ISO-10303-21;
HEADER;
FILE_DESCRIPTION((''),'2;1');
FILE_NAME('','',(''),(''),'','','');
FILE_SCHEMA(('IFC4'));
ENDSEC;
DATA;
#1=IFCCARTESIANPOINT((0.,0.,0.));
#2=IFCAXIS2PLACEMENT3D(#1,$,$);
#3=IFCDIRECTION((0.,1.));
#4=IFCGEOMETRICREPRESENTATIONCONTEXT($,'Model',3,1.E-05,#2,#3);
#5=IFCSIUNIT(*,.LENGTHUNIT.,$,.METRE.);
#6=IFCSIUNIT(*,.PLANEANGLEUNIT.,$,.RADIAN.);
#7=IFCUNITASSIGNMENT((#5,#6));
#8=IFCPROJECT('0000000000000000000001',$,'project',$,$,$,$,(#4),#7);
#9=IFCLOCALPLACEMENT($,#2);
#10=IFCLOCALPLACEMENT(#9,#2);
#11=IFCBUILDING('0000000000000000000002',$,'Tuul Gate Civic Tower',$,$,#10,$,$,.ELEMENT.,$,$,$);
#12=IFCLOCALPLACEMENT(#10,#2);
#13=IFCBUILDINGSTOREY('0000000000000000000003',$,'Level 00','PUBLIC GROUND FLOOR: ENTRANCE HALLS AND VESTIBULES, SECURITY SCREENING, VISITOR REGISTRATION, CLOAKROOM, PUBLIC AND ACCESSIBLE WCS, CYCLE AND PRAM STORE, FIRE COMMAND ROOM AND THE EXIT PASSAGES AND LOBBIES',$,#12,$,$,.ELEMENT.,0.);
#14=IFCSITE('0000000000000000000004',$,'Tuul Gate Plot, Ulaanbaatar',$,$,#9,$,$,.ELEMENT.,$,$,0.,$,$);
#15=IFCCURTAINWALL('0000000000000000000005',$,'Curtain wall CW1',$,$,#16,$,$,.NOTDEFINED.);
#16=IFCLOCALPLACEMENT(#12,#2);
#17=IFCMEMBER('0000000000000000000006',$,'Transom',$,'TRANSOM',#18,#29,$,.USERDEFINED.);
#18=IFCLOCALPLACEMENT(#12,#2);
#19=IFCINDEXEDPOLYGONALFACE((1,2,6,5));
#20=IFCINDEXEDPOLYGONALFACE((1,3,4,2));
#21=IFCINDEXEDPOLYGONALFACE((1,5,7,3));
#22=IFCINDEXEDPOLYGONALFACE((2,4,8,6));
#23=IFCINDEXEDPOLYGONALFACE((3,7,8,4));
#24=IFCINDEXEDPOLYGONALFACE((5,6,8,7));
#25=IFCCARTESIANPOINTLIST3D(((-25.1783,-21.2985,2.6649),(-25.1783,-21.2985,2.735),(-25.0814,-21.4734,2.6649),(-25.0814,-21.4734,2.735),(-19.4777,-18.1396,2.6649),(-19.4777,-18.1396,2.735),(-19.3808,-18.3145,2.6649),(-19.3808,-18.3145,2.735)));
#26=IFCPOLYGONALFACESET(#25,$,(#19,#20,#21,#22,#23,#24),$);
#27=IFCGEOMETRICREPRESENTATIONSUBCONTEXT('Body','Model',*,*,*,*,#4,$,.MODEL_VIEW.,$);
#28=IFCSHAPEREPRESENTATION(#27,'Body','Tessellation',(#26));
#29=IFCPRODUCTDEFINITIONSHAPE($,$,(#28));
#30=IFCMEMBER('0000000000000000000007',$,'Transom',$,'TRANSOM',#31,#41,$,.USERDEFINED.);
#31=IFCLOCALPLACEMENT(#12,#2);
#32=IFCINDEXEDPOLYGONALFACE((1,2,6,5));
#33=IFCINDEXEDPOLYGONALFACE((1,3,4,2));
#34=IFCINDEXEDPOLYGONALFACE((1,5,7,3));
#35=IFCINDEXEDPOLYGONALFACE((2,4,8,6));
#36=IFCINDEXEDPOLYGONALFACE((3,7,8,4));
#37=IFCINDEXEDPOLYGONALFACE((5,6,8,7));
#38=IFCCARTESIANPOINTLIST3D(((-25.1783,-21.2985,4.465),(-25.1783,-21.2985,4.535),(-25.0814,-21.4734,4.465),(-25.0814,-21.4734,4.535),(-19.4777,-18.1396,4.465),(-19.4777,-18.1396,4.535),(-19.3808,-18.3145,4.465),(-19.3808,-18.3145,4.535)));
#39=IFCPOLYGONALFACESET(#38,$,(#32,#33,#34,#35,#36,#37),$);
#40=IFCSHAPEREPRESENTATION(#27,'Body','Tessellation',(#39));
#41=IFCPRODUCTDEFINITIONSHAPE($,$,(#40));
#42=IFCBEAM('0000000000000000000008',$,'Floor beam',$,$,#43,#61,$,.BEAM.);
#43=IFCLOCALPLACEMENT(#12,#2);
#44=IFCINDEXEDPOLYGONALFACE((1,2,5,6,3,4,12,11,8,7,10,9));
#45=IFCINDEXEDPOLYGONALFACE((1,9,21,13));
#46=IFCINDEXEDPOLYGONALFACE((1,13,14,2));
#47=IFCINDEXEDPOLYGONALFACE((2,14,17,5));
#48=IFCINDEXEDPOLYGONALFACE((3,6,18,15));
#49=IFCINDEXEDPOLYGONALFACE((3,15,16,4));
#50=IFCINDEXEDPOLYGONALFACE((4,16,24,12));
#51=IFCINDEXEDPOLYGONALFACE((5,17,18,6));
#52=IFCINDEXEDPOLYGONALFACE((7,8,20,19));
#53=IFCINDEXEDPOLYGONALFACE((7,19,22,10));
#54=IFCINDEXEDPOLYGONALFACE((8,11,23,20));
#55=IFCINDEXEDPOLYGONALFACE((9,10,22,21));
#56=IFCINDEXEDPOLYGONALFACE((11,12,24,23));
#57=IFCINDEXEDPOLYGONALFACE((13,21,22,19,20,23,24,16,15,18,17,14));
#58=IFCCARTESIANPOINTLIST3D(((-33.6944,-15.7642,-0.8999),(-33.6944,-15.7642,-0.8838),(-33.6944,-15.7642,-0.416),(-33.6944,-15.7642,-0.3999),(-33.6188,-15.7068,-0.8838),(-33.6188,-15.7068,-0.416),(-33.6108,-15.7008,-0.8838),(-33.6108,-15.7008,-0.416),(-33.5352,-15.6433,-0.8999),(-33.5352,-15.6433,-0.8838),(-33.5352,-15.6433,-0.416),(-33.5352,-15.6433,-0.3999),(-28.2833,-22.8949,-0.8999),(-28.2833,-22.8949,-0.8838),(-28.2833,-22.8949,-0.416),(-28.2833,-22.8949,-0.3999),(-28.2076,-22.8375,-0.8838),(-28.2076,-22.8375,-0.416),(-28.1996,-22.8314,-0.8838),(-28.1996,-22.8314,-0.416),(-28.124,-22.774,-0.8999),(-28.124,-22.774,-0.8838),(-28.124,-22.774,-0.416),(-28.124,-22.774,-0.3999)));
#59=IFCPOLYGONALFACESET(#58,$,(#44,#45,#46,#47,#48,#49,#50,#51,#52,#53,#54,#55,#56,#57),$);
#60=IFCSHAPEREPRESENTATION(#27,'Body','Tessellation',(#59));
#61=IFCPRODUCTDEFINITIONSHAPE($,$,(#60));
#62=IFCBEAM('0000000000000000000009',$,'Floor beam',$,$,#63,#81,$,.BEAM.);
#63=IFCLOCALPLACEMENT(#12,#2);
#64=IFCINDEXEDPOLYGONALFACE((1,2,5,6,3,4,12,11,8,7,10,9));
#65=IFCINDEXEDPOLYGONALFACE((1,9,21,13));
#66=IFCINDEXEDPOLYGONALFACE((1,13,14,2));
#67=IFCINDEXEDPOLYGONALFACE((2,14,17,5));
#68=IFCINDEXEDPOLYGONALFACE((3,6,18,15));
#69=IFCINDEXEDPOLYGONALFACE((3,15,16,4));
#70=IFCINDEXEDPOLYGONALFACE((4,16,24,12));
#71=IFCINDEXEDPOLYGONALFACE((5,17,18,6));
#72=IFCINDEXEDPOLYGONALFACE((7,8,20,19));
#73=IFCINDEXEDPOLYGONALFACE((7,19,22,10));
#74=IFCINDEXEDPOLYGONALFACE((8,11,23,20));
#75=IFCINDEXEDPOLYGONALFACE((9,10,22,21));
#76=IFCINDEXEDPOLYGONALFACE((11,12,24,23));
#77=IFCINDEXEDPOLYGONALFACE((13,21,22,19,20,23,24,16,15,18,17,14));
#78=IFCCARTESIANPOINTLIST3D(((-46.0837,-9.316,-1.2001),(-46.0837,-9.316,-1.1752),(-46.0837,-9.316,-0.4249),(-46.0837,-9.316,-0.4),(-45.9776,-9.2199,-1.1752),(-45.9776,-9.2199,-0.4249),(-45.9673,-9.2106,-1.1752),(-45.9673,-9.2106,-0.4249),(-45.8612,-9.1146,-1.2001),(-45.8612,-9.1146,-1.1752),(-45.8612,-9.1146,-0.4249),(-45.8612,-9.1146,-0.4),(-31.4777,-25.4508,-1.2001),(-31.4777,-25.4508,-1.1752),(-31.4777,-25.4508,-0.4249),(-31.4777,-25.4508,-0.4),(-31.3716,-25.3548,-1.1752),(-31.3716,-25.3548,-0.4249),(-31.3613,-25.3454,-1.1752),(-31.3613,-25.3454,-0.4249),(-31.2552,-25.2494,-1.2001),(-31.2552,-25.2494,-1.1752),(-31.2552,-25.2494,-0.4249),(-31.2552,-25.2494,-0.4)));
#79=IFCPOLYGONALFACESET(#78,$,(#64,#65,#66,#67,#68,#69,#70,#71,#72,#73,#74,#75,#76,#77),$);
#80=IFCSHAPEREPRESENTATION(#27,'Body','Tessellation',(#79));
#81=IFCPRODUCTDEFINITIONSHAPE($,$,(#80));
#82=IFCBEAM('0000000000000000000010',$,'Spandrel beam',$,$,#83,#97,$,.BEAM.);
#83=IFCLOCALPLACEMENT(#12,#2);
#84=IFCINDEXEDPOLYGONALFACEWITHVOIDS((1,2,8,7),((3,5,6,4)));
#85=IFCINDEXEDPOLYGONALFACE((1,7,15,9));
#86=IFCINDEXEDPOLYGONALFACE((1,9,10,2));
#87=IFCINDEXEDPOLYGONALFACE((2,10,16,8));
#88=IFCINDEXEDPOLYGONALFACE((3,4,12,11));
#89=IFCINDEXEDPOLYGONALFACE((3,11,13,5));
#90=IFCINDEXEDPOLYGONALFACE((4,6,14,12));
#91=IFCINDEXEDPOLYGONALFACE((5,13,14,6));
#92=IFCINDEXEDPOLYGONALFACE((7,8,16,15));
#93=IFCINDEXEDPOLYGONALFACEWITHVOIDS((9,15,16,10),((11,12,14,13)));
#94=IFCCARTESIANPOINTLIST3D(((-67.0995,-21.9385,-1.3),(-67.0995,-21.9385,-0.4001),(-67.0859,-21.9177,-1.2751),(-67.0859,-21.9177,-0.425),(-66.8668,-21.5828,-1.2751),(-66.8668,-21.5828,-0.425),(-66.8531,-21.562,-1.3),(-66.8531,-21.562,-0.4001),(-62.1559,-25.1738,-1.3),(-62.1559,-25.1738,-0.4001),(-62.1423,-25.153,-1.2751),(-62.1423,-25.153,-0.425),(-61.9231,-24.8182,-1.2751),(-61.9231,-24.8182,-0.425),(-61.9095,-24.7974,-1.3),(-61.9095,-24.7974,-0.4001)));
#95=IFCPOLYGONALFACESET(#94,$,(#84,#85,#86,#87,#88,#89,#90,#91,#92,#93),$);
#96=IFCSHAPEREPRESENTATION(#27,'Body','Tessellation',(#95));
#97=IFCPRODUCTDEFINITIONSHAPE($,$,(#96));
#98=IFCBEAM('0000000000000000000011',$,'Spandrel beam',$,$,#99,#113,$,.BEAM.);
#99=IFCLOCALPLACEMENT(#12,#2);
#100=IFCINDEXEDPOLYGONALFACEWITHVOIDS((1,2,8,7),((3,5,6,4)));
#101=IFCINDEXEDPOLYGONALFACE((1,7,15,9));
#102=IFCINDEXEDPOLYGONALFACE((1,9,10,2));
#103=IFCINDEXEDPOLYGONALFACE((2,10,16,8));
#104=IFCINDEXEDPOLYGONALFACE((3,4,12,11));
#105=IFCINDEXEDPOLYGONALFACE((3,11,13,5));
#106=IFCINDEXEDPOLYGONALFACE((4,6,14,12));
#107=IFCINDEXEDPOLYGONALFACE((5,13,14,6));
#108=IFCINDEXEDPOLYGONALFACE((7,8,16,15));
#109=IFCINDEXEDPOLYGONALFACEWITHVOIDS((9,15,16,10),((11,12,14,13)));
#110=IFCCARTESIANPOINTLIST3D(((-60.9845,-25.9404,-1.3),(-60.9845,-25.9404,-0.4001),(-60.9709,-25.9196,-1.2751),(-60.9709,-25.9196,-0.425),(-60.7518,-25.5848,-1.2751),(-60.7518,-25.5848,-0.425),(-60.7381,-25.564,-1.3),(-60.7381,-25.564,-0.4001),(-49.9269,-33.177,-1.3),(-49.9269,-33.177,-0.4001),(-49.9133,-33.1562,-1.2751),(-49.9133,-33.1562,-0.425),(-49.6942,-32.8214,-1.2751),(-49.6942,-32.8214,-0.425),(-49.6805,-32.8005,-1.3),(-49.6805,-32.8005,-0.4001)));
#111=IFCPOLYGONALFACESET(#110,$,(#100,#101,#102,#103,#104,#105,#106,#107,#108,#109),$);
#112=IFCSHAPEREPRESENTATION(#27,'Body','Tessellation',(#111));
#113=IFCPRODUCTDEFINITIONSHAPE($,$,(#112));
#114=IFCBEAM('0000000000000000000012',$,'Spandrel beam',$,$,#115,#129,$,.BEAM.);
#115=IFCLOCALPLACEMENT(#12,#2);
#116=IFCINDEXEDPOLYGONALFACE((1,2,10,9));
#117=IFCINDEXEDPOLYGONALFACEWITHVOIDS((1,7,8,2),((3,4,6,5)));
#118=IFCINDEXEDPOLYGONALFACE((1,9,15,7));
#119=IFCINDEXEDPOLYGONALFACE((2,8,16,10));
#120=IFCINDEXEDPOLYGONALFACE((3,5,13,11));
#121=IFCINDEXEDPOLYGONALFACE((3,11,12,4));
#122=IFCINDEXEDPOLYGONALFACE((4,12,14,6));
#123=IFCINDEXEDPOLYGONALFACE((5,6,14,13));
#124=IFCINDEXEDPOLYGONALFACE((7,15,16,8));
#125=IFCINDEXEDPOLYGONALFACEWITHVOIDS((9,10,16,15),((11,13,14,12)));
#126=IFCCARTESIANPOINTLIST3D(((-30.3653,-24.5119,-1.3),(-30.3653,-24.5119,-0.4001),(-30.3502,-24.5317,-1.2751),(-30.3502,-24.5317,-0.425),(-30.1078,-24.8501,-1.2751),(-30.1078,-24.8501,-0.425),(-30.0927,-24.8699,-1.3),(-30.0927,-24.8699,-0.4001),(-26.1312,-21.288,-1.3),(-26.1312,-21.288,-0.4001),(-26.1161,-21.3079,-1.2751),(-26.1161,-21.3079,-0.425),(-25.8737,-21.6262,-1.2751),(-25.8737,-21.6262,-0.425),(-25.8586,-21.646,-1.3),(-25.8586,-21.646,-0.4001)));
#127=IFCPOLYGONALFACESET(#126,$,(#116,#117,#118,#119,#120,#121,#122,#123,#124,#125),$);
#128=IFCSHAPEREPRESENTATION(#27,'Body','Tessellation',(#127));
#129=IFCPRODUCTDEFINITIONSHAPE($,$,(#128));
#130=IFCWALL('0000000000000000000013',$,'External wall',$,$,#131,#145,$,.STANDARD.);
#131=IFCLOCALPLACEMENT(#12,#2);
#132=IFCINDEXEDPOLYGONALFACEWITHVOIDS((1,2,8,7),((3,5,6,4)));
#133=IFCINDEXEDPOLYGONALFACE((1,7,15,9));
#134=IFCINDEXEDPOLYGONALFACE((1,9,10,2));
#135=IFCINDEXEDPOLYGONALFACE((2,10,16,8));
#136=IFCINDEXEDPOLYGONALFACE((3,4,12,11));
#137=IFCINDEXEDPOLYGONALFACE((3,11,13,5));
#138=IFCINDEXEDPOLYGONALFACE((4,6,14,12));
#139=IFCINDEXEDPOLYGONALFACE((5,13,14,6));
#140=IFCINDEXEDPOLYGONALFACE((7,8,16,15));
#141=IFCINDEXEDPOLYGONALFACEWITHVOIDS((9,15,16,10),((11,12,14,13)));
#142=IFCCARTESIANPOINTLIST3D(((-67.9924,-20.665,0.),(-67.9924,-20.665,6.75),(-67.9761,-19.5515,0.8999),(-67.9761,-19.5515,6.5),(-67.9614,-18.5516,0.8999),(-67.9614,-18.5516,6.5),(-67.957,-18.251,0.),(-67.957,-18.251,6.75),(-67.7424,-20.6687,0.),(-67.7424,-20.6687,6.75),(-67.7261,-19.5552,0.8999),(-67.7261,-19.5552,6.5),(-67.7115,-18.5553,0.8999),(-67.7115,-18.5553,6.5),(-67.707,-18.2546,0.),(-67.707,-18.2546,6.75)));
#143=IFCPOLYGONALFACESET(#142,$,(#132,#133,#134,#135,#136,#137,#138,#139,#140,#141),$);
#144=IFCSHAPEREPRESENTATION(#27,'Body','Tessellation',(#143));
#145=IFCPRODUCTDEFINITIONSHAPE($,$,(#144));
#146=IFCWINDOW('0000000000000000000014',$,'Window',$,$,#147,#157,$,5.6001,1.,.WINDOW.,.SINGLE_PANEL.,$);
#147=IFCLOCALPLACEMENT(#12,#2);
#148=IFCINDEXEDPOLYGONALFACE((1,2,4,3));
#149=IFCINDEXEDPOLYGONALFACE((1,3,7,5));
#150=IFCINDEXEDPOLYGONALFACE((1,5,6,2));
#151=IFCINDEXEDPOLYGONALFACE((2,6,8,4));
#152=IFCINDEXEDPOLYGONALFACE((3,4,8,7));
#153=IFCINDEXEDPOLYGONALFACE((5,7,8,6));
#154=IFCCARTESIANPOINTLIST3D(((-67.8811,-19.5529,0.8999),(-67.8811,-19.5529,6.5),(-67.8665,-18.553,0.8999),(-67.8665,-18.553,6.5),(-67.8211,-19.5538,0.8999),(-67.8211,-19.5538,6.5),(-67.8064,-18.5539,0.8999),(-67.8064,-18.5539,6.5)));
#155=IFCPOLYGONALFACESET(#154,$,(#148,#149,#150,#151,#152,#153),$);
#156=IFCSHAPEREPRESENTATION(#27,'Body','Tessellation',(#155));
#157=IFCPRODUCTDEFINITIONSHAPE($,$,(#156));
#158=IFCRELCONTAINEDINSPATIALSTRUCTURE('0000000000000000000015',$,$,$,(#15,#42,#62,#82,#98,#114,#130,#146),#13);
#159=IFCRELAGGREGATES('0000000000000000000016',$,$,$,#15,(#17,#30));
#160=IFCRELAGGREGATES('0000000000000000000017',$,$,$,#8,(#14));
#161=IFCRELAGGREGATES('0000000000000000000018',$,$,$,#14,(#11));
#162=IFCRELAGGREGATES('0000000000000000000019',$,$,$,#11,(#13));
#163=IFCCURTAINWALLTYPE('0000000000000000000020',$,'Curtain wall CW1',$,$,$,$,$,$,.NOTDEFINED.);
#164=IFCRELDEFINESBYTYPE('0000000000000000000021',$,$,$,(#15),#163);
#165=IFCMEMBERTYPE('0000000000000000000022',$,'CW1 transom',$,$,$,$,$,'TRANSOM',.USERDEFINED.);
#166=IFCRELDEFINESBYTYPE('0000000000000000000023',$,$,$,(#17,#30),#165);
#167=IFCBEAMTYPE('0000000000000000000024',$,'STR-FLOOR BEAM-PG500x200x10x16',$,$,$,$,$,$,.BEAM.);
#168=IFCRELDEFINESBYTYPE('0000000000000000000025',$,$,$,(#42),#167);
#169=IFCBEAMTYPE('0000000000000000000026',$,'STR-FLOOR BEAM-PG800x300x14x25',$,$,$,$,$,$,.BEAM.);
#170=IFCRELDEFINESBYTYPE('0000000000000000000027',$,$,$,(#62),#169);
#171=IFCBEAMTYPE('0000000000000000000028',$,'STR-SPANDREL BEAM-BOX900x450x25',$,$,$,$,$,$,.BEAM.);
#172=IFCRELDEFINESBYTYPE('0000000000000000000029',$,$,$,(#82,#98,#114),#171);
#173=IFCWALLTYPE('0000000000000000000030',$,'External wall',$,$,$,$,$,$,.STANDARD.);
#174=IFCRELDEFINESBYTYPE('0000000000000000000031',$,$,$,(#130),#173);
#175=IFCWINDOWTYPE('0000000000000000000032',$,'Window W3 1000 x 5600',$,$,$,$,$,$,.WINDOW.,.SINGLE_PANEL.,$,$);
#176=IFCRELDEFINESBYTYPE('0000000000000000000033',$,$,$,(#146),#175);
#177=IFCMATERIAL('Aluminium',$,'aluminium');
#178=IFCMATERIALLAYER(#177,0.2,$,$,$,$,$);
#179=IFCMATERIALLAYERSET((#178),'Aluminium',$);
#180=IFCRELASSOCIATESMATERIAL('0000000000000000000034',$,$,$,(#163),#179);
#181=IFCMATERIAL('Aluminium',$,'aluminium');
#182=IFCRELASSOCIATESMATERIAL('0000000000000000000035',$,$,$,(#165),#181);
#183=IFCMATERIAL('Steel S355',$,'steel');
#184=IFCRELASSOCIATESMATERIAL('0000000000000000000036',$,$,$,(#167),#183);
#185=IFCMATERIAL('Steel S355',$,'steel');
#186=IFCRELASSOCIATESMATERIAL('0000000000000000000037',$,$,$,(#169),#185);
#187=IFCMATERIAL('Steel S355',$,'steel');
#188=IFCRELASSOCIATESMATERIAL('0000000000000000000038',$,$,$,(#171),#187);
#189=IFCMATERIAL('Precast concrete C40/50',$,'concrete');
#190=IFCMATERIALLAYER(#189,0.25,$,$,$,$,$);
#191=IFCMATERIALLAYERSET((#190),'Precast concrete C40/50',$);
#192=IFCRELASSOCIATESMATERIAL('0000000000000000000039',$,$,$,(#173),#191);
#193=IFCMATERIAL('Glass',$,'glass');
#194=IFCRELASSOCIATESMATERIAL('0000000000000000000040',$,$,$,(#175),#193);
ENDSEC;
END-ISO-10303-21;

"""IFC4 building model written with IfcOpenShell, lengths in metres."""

from ifc_helpers import new_model, si_unit, direction, frame, frame_2d, origin, origin_2d, place, context, subcontext, project, spatial, rectangle, hollow_rectangle, i_section, extrude, material, layer, layer_set, material_profile, profile_set, type_object, element, fill, aggregate, save


model = new_model("IFC4")

# Units and contexts
model_context = context("Model", 3, precision=1e-05, world=origin(), true_north=direction((0.0, 1.0)))
body_context = subcontext(model_context, "Body", "Model", "MODEL_VIEW")
ifc_project = project(units=[si_unit("LENGTHUNIT", "METRE"), si_unit("PLANEANGLEUNIT", "RADIAN")], contexts=[model_context])

# Site, building, storey
site_placement = place(None, origin())
site = spatial("IfcSite", under=ifc_project, at=site_placement, Name="Tuul Gate Plot, Ulaanbaatar", CompositionType="ELEMENT", RefElevation=0.0)
building_placement = place(site_placement, origin())
building = spatial("IfcBuilding", under=site, at=building_placement, Name="Tuul Gate Civic Tower", CompositionType="ELEMENT")
storey_placement = place(building_placement, origin())
storey = spatial("IfcBuildingStorey", under=building, at=storey_placement, Name="Level 00", Description="PUBLIC GROUND FLOOR: ENTRANCE HALLS AND VESTIBULES, SECURITY SCREENING, VISITOR REGISTRATION, CLOAKROOM, PUBLIC AND ACCESSIBLE WCS, CYCLE AND PRAM STORE, FIRE COMMAND ROOM AND THE EXIT PASSAGES AND LOBBIES", CompositionType="ELEMENT", Elevation=0.0)

# Curtain wall, members
ifc_material_1 = material(Name="Aluminium", Category="aluminium")
ifc_layer_1 = layer(ifc_material_1, 0.2)
ifc_layer_set_1 = layer_set([ifc_layer_1], Name="Aluminium")
curtain_wall_type = type_object("IfcCurtainWallType", Name="Curtain wall CW1", PredefinedType="NOTDEFINED", material=ifc_layer_set_1)
curtain_wall_placement = place(storey_placement, origin())
curtain_wall = element("IfcCurtainWall", 1, at=curtain_wall_placement, inside=storey, type_object=curtain_wall_type, Name="Curtain wall CW1", PredefinedType="NOTDEFINED")
ifc_material_2 = material(Name="Aluminium", Category="aluminium")
ifc_material_profile_1 = material_profile(ifc_material_2, rectangle(XDim=0.2, YDim=0.0701, at=origin_2d()), Name="CW1 transom")
ifc_profile_set_1 = profile_set([ifc_material_profile_1], Name="Aluminium")
member_type_1 = type_object("IfcMemberType", Name="CW1 transom", ElementType="TRANSOM", PredefinedType="USERDEFINED", material=ifc_profile_set_1)
member_1_placement = place(storey_placement, frame((-25.1299, -21.386, 2.7), z_axis=(0.874685, 0.484692, 0.0), x_axis=(-0.484692, 0.874685, 0.0)))
member_1 = element("IfcMember", 2, at=member_1_placement, type_object=member_type_1, Name="Transom", ObjectType="TRANSOM", PredefinedType="USERDEFINED", context=body_context, shape_type="SweptSolid", body=[
    extrude(rectangle(XDim=0.2, YDim=0.0701, at=origin_2d()), origin(), (0.0, 0.0, 1.0), 6.5173),
])
member_2_placement = place(storey_placement, frame((-25.1299, -21.386, 4.5), z_axis=(0.874685, 0.484692, 0.0), x_axis=(-0.484692, 0.874685, 0.0)))
member_2 = element("IfcMember", 3, at=member_2_placement, type_object=member_type_1, Name="Transom", ObjectType="TRANSOM", PredefinedType="USERDEFINED", context=body_context, shape_type="SweptSolid", body=[
    extrude(rectangle(XDim=0.2, YDim=0.0701, at=origin_2d()), origin(), (0.0, 0.0, 1.0), 6.5173),
])
aggregate(curtain_wall, [member_1, member_2])

# Beams
ifc_material_3 = material(Name="Steel S355", Category="steel")
ifc_material_profile_2 = material_profile(ifc_material_3, i_section(OverallWidth=0.2, OverallDepth=0.5, WebThickness=0.01, FlangeThickness=0.0161, at=origin_2d()), Name="PG500x200x10x16")
ifc_profile_set_2 = profile_set([ifc_material_profile_2], Name="Steel S355")
beam_type_1 = type_object("IfcBeamType", Name="STR-FLOOR BEAM-PG500x200x10x16", PredefinedType="BEAM", material=ifc_profile_set_2)
beam_1_placement = place(storey_placement, frame((-28.2036, -22.8345, -0.6499), z_axis=(-0.604507, 0.7966, 0.0), x_axis=(-0.7966, -0.604507, 0.0)))
element("IfcBeam", 4, at=beam_1_placement, inside=storey, type_object=beam_type_1, Name="Floor beam", PredefinedType="BEAM", context=body_context, shape_type="SweptSolid", body=[
    extrude(i_section(OverallWidth=0.2, OverallDepth=0.5, WebThickness=0.01, FlangeThickness=0.0161, at=origin_2d()), origin(), (0.0, 0.0, 1.0), 8.9514),
])
ifc_material_4 = material(Name="Steel S355", Category="steel")
ifc_material_profile_3 = material_profile(ifc_material_4, i_section(OverallWidth=0.3, OverallDepth=0.8, WebThickness=0.0139, FlangeThickness=0.0249, at=origin_2d()), Name="PG800x300x14x25")
ifc_profile_set_3 = profile_set([ifc_material_profile_3], Name="Steel S355")
beam_type_2 = type_object("IfcBeamType", Name="STR-FLOOR BEAM-PG800x300x14x25", PredefinedType="BEAM", material=ifc_profile_set_3)
beam_2_placement = place(storey_placement, frame((-31.3665, -25.3501, -0.8), z_axis=(-0.671111, 0.741357, 0.0), x_axis=(-0.741357, -0.671111, 0.0)))
element("IfcBeam", 5, at=beam_2_placement, inside=storey, type_object=beam_type_2, Name="Floor beam", PredefinedType="BEAM", context=body_context, shape_type="SweptSolid", body=[
    extrude(i_section(OverallWidth=0.3, OverallDepth=0.8, WebThickness=0.0139, FlangeThickness=0.0249, at=origin_2d()), origin(), (0.0, 0.0, 1.0), 21.7639),
])
ifc_material_5 = material(Name="Steel S355", Category="steel")
ifc_material_profile_4 = material_profile(ifc_material_5, hollow_rectangle(XDim=0.45, YDim=0.8999, WallThickness=0.0249, at=origin_2d()), Name="BOX900x450x25")
ifc_profile_set_4 = profile_set([ifc_material_profile_4], Name="Steel S355")
beam_type_3 = type_object("IfcBeamType", Name="STR-SPANDREL BEAM-BOX900x450x25", PredefinedType="BEAM", material=ifc_profile_set_4)
beam_3_placement = place(storey_placement, frame((-66.9763, -21.7502, -0.8501), z_axis=(0.836737, -0.547604, 0.0), x_axis=(0.547604, 0.836737, 0.0)))
element("IfcBeam", 6, at=beam_3_placement, inside=storey, type_object=beam_type_3, Name="Spandrel beam", PredefinedType="BEAM", context=body_context, shape_type="SweptSolid", body=[
    extrude(hollow_rectangle(XDim=0.45, YDim=0.8999, WallThickness=0.0249, at=origin_2d()), origin(), (0.0, 0.0, 1.0), 5.9082),
])
beam_4_placement = place(storey_placement, frame((-60.8613, -25.7522, -0.8501), z_axis=(0.836741, -0.547599, 0.0), x_axis=(0.547599, 0.836741, 0.0)))
element("IfcBeam", 7, at=beam_4_placement, inside=storey, type_object=beam_type_3, Name="Spandrel beam", PredefinedType="BEAM", context=body_context, shape_type="SweptSolid", body=[
    extrude(hollow_rectangle(XDim=0.45, YDim=0.8999, WallThickness=0.0249, at=origin_2d()), origin(), (0.0, 0.0, 1.0), 13.2151),
])
beam_5_placement = place(storey_placement, frame((-30.229, -24.6909, -0.8501), z_axis=(0.795624, 0.60579, 0.0), x_axis=(-0.60579, 0.795624, 0.0)))
element("IfcBeam", 8, at=beam_5_placement, inside=storey, type_object=beam_type_3, Name="Spandrel beam", PredefinedType="BEAM", context=body_context, shape_type="SweptSolid", body=[
    extrude(hollow_rectangle(XDim=0.45, YDim=0.8999, WallThickness=0.0249, at=origin_2d()), origin(), (0.0, 0.0, 1.0), 5.3218),
])

# Wall, opening, window
ifc_material_6 = material(Name="Precast concrete C40/50", Category="concrete")
ifc_layer_2 = layer(ifc_material_6, 0.25)
ifc_layer_set_2 = layer_set([ifc_layer_2], Name="Precast concrete C40/50")
wall_type_1 = type_object("IfcWallType", Name="External wall", PredefinedType="STANDARD", material=ifc_layer_set_2)
wall_1_placement = place(storey_placement, frame((-67.832, -18.2529, 0.0), z_axis=(0.0, 0.0, 1.0), x_axis=(-0.014663, -0.999892, 0.0)))
wall_1 = element("IfcWall", 9, at=wall_1_placement, inside=storey, type_object=wall_type_1, Name="External wall", PredefinedType="STANDARD", context=body_context, shape_type="SweptSolid", body=[
    extrude(rectangle(XDim=2.4143, YDim=0.25, at=frame_2d((1.207, 0.0))), origin(), (0.0, 0.0, 1.0), 6.75),
])
opening_1_placement = place(wall_1_placement, frame((0.3005, 0.0, 0.8999)))
opening_1 = element("IfcOpeningElement", 10, at=opening_1_placement, cuts=wall_1, PredefinedType="OPENING", context=body_context, shape_type="SweptSolid", body=[
    extrude(rectangle(XDim=1.0, YDim=5.6001, at=frame_2d((0.5, 2.8))), frame((0.0, 0.135, 0.0), z_axis=(0.0, -1.0, 0.0), x_axis=(1.0, 0.0, 0.0)), (0.0, 0.0, 1.0), 0.27),
])
ifc_material_7 = material(Name="Glass", Category="glass")
window_type_1 = type_object("IfcWindowType", Name="Window W3 1000 x 5600", PartitioningType="SINGLE_PANEL", PredefinedType="WINDOW", material=ifc_material_7)
window_1_placement = place(opening_1_placement, origin())
window_1 = element("IfcWindow", 11, at=window_1_placement, inside=storey, type_object=window_type_1, Name="Window", OverallHeight=5.6001, OverallWidth=1.0, PartitioningType="SINGLE_PANEL", PredefinedType="WINDOW", context=body_context, shape_type="SweptSolid", body=[
    extrude(rectangle(XDim=1.0, YDim=5.6001, at=frame_2d((0.5, 2.8))), frame((0.0, 0.03, 0.0), z_axis=(0.0, -1.0, 0.0), x_axis=(1.0, 0.0, 0.0)), (0.0, 0.0, 1.0), 0.0601),
])
fill(opening_1, window_1)

save(model, "model.ifc")
